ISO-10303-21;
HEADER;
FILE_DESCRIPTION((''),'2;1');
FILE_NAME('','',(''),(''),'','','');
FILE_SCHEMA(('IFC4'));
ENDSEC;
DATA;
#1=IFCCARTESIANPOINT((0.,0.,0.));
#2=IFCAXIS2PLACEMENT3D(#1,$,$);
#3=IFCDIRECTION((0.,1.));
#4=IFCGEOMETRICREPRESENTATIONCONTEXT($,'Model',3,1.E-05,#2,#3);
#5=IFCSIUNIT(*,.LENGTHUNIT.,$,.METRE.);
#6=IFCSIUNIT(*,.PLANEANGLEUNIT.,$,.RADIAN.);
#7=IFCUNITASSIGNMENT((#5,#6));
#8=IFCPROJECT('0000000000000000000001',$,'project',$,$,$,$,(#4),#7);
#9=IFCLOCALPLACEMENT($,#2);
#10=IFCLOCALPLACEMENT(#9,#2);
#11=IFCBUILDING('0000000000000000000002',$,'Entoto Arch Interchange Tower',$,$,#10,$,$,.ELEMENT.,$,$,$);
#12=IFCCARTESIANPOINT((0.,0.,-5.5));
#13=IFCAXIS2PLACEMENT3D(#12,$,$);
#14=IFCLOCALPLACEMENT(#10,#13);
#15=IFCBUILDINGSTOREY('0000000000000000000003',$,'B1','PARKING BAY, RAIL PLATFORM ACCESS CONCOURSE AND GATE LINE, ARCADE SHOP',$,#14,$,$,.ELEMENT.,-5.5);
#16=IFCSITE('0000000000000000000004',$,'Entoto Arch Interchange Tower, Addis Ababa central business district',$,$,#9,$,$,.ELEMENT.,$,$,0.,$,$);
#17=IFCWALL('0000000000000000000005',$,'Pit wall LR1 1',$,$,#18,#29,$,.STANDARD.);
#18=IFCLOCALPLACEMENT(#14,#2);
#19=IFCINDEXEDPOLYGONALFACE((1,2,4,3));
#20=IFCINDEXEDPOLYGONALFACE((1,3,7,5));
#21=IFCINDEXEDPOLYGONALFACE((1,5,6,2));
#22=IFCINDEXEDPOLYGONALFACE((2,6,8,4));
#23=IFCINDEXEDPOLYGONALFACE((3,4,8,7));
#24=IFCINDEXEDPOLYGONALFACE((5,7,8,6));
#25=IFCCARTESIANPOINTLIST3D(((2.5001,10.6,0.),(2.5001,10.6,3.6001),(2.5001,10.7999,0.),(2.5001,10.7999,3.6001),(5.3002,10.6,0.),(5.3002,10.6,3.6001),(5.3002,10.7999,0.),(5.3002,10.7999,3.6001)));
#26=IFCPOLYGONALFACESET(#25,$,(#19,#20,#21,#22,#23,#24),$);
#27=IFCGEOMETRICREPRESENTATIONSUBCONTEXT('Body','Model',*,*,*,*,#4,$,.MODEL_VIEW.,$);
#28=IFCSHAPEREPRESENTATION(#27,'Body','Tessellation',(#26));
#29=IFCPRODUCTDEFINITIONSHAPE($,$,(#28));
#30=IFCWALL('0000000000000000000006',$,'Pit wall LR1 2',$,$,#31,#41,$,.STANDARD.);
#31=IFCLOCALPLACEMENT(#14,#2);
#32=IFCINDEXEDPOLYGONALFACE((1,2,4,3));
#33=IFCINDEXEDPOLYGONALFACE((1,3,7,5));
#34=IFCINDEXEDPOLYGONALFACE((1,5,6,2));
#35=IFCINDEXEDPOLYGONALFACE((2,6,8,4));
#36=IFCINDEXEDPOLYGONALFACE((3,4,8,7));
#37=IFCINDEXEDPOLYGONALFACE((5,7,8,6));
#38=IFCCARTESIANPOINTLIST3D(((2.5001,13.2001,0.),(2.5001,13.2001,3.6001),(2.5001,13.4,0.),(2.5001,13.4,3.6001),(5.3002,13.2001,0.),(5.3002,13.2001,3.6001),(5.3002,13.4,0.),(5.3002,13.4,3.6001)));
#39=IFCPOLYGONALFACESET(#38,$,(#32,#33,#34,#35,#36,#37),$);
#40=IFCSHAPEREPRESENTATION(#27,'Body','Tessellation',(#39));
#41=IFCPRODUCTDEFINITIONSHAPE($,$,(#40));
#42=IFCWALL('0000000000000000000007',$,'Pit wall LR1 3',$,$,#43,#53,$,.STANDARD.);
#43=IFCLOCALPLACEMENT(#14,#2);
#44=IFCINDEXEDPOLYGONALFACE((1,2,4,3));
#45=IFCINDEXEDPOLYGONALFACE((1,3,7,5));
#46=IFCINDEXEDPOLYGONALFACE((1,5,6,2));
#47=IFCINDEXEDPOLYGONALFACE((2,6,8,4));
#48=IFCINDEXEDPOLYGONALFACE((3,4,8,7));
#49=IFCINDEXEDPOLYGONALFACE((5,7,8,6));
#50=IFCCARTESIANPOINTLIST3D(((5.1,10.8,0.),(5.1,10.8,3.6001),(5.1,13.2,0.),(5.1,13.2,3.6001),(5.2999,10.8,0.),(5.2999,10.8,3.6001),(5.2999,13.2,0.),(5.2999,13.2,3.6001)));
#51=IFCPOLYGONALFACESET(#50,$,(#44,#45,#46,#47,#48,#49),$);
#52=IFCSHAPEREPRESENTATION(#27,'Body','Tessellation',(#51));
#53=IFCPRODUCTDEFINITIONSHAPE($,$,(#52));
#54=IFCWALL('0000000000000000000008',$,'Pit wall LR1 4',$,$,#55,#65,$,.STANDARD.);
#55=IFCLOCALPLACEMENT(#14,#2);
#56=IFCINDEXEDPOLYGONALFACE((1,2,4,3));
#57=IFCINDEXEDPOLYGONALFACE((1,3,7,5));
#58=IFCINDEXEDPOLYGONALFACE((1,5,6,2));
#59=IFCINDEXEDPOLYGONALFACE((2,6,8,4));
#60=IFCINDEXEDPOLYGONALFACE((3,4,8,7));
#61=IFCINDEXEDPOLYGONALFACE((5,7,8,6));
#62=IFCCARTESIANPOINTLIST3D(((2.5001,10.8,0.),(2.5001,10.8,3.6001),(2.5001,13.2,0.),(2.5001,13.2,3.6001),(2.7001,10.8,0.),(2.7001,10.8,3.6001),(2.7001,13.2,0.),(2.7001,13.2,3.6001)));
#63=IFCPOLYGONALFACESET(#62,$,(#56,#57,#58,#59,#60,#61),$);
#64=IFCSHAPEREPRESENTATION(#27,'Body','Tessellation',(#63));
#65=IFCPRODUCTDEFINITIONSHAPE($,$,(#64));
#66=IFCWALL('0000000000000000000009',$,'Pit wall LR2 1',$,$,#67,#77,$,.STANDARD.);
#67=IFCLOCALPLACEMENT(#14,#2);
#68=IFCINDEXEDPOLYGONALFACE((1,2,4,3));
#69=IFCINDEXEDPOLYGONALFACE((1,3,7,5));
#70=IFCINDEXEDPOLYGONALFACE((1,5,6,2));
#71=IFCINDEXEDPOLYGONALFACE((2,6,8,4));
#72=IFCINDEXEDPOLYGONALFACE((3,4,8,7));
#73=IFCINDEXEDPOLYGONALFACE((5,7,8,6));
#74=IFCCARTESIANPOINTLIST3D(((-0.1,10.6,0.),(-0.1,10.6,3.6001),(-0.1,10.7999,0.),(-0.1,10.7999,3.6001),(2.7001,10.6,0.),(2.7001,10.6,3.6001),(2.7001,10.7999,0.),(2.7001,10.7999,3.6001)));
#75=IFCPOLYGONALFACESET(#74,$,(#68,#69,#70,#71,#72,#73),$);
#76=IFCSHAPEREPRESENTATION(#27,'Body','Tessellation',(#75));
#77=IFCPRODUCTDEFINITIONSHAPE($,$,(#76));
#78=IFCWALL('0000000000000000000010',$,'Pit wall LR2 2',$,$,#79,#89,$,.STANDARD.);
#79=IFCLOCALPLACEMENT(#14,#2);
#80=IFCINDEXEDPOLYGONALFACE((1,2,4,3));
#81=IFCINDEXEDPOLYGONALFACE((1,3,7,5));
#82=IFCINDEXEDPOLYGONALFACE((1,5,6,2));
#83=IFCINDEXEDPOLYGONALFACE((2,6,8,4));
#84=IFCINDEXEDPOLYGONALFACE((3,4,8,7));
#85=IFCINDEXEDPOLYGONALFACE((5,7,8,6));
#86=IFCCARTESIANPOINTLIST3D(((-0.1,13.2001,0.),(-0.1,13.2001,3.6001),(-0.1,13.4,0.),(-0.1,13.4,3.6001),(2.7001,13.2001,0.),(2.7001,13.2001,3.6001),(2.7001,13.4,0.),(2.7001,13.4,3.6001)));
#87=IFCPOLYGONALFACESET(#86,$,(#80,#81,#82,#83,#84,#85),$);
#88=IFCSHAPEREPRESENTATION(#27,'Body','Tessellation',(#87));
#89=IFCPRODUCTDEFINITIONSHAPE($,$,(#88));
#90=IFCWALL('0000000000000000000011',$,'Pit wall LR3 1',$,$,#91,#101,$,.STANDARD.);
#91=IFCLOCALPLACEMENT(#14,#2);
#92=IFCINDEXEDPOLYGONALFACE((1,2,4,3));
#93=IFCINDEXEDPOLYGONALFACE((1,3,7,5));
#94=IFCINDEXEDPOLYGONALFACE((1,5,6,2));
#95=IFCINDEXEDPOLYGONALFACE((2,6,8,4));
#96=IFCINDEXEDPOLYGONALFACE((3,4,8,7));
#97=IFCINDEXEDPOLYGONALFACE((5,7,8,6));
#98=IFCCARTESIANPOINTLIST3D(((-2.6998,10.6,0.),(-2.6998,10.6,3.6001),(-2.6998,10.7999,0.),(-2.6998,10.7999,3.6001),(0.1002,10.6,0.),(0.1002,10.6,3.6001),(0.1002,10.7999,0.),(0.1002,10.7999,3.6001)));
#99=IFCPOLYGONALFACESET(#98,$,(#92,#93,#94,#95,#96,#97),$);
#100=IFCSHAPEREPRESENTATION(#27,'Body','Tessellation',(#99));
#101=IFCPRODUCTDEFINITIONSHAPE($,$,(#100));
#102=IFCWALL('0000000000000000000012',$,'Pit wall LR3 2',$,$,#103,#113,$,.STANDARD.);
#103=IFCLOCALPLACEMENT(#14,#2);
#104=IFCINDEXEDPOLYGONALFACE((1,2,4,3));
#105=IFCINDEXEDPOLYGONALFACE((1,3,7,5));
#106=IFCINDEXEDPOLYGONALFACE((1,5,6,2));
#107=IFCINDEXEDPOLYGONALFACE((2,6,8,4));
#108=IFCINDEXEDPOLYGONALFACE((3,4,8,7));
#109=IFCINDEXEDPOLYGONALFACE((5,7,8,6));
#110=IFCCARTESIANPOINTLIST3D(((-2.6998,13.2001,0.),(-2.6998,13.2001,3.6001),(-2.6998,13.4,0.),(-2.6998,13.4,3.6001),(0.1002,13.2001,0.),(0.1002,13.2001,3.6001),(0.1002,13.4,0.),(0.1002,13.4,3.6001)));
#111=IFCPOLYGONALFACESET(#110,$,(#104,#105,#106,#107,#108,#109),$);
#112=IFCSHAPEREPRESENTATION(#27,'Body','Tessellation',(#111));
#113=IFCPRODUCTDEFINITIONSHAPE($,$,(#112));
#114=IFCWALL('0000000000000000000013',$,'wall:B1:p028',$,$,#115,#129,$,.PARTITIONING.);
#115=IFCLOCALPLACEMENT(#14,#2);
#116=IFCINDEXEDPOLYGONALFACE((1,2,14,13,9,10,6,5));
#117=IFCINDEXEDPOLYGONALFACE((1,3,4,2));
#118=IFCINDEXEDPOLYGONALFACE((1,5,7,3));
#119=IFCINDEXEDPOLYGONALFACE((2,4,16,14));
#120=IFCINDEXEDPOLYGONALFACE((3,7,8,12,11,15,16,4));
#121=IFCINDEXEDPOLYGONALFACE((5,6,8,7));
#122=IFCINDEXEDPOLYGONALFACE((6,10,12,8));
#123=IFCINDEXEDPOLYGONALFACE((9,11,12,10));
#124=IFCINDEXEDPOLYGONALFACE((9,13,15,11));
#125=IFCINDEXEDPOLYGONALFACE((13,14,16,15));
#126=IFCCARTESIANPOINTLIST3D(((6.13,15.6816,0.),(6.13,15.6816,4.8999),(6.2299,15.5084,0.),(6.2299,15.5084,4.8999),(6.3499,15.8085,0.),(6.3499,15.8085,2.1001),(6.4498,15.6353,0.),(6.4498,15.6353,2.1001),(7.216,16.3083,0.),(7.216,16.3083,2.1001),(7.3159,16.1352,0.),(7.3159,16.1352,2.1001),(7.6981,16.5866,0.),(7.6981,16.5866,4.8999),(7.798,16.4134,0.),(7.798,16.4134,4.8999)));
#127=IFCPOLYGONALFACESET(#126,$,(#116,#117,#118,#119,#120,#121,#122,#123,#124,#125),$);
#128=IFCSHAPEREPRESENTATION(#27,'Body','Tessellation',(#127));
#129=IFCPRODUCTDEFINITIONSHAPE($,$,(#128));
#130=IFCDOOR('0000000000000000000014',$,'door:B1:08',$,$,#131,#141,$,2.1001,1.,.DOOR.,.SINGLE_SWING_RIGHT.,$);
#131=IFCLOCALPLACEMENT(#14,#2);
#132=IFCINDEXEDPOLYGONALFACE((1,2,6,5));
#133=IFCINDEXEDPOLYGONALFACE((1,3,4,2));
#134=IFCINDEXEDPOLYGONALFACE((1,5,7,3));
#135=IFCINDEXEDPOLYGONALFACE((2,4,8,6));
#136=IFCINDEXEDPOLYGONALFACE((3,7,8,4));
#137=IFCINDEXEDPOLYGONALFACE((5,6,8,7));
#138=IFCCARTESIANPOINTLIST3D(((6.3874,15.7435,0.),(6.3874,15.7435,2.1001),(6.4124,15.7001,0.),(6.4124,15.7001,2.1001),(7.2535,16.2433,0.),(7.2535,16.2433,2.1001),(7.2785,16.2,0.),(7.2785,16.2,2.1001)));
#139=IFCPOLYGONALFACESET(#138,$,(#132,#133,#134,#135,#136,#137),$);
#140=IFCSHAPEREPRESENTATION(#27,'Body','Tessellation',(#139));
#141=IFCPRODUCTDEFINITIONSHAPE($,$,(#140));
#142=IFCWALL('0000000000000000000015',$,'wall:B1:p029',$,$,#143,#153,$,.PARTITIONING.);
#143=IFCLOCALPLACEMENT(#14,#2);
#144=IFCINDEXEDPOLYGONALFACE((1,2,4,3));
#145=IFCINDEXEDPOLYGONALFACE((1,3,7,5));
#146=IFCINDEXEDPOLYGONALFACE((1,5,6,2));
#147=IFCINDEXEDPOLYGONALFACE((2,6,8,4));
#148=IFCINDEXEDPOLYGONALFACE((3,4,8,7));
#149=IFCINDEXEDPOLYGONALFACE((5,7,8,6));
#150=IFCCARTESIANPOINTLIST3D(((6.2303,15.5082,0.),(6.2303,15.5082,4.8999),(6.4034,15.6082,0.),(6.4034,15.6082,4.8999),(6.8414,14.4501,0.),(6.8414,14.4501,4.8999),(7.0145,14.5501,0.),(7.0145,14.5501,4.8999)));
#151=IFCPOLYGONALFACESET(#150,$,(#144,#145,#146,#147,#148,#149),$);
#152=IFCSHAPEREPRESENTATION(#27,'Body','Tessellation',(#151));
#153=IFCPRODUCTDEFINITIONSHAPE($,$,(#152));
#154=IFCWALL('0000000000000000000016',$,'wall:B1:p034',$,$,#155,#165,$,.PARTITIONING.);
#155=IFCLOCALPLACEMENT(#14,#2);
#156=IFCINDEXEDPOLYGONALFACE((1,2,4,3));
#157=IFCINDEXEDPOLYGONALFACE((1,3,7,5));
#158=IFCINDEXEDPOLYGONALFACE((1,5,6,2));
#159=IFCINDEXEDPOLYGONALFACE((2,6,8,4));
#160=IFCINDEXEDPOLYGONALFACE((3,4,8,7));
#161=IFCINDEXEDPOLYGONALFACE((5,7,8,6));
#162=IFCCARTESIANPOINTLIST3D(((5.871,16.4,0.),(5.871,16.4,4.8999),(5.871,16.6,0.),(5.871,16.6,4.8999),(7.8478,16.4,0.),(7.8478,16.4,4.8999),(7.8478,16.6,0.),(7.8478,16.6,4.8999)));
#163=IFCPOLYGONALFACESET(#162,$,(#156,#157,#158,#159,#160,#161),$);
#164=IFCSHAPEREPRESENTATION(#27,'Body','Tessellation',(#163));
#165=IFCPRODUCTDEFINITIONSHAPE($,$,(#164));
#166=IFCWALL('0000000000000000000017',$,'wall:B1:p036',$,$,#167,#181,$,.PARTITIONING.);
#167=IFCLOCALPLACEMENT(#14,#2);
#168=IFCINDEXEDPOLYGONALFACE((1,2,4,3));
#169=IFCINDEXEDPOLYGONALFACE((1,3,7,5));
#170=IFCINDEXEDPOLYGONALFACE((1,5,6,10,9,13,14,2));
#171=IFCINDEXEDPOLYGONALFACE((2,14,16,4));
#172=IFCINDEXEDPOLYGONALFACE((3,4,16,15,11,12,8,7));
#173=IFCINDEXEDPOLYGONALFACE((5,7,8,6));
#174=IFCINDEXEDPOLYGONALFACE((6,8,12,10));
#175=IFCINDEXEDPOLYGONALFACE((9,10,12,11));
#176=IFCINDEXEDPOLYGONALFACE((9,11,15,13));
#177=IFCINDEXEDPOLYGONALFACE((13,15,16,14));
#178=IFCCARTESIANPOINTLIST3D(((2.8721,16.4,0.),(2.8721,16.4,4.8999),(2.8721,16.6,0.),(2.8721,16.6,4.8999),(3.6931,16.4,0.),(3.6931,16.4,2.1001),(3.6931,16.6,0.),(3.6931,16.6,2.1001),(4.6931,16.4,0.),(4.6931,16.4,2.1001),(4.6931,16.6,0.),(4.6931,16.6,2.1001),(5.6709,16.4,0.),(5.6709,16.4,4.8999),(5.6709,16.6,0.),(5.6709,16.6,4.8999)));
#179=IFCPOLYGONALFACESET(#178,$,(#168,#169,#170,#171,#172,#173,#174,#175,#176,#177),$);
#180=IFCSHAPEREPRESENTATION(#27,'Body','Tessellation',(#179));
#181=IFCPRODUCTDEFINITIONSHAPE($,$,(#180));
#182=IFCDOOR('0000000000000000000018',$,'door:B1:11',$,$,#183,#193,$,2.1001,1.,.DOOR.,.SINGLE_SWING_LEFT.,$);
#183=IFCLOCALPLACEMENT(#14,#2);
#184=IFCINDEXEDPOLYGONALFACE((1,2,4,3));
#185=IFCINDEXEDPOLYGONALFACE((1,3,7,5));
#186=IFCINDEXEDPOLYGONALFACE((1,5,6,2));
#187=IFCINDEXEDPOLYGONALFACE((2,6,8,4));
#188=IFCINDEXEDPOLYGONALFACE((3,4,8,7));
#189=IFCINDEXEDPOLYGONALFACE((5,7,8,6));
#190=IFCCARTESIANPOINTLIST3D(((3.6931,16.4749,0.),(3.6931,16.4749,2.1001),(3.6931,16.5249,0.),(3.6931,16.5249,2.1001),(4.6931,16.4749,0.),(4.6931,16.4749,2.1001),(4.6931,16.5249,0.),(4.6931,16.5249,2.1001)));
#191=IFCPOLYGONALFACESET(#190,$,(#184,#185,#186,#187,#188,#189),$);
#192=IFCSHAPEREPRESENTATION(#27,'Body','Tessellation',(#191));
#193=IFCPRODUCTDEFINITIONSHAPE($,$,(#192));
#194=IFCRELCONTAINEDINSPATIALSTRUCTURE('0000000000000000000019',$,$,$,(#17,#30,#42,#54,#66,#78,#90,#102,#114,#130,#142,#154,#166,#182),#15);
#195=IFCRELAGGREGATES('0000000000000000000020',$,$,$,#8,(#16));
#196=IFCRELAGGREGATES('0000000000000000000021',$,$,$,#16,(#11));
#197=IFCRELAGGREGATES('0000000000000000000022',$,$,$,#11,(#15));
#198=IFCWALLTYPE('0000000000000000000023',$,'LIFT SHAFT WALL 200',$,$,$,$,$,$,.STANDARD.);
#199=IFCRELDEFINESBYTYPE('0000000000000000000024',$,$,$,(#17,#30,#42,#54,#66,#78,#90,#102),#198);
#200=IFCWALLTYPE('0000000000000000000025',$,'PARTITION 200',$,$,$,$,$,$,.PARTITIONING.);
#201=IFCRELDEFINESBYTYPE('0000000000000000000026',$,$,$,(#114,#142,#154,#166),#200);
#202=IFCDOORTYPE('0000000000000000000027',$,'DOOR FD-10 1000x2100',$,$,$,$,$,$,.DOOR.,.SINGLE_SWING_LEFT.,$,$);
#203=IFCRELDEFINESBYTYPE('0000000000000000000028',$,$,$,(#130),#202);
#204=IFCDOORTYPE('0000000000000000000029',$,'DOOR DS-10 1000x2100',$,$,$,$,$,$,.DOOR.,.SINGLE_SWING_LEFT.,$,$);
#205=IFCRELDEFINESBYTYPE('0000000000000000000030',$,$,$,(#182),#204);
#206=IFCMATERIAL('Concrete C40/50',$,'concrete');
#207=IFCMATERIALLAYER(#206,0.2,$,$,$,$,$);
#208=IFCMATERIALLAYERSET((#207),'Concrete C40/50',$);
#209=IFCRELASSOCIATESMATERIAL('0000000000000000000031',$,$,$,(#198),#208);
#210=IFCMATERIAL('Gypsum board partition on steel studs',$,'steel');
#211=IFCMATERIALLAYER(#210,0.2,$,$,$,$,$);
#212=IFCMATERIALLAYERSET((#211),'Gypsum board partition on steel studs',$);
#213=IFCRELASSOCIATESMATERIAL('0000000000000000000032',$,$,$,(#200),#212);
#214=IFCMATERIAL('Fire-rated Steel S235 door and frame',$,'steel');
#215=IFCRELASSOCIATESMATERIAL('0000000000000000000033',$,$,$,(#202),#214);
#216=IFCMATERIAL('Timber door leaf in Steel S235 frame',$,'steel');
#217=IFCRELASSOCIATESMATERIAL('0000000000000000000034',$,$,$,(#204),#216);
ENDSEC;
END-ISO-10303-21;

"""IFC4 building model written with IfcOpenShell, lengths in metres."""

from ifc_helpers import new_model, si_unit, direction, frame, frame_2d, origin, place, context, subcontext, project, spatial, rectangle, extrude, material, layer, layer_set, type_object, element, fill, save


model = new_model("IFC4")

# Units and contexts
model_context = context("Model", 3, precision=1e-05, world=origin(), true_north=direction((0.0, 1.0)))
body_context = subcontext(model_context, "Body", "Model", "MODEL_VIEW")
ifc_project = project(units=[si_unit("LENGTHUNIT", "METRE"), si_unit("PLANEANGLEUNIT", "RADIAN")], contexts=[model_context])

# Site, building, storey
site_placement = place(None, origin())
site = spatial("IfcSite", under=ifc_project, at=site_placement, Name="Entoto Arch Interchange Tower, Addis Ababa central business district", CompositionType="ELEMENT", RefElevation=0.0)
building_placement = place(site_placement, origin())
building = spatial("IfcBuilding", under=site, at=building_placement, Name="Entoto Arch Interchange Tower", CompositionType="ELEMENT")
storey_placement = place(building_placement, frame((0.0, 0.0, -5.5)))
storey = spatial("IfcBuildingStorey", under=building, at=storey_placement, Name="B1", Description="PARKING BAY, RAIL PLATFORM ACCESS CONCOURSE AND GATE LINE, ARCADE SHOP", CompositionType="ELEMENT", Elevation=-5.5)

# Walls
ifc_material_1 = material(Name="Concrete C40/50", Category="concrete")
ifc_layer_1 = layer(ifc_material_1, 0.2)
ifc_layer_set_1 = layer_set([ifc_layer_1], Name="Concrete C40/50")
wall_type_1 = type_object("IfcWallType", Name="LIFT SHAFT WALL 200", PredefinedType="STANDARD", material=ifc_layer_set_1)
for number, where, z_axis, x_axis, name in (
    (1, (5.3, 10.7, 0.0), (0.0, 0.0, 1.0), (-1.0, 0.0, 0.0), "Pit wall LR1 1"),
    (2, (5.3, 13.3, 0.0), (0.0, 0.0, 1.0), (-1.0, 0.0, 0.0), "Pit wall LR1 2"),
):
    element("IfcWall", number, at=place(storey_placement, frame(where, z_axis=z_axis, x_axis=x_axis)), inside=storey, type_object=wall_type_1, Name=name, PredefinedType="STANDARD", context=body_context, shape_type="SweptSolid", body=[
        extrude(rectangle(XDim=2.8, YDim=0.2, at=frame_2d((1.3999, 0.0))), origin(), (0.0, 0.0, 1.0), 3.6001),
    ])
for number, where, z_axis, x_axis, name in (
    (3, (5.2, 10.8, 0.0), (0.0, 0.0, 1.0), (0.0, 1.0, 0.0), "Pit wall LR1 3"),
    (4, (2.6001, 10.8, 0.0), (0.0, 0.0, 1.0), (0.0, 1.0, 0.0), "Pit wall LR1 4"),
):
    element("IfcWall", number, at=place(storey_placement, frame(where, z_axis=z_axis, x_axis=x_axis)), inside=storey, type_object=wall_type_1, Name=name, PredefinedType="STANDARD", context=body_context, shape_type="SweptSolid", body=[
        extrude(rectangle(XDim=2.3999, YDim=0.2, at=frame_2d((1.2, 0.0))), origin(), (0.0, 0.0, 1.0), 3.6001),
    ])
for number, where, z_axis, x_axis, name in (
    (5, (2.7, 10.7, 0.0), (0.0, 0.0, 1.0), (-1.0, 0.0, 0.0), "Pit wall LR2 1"),
    (6, (2.7, 13.3, 0.0), (0.0, 0.0, 1.0), (-1.0, 0.0, 0.0), "Pit wall LR2 2"),
    (7, (0.1001, 10.7, 0.0), (0.0, 0.0, 1.0), (-1.0, 0.0, 0.0), "Pit wall LR3 1"),
    (8, (0.1001, 13.3, 0.0), (0.0, 0.0, 1.0), (-1.0, 0.0, 0.0), "Pit wall LR3 2"),
):
    element("IfcWall", number, at=place(storey_placement, frame(where, z_axis=z_axis, x_axis=x_axis)), inside=storey, type_object=wall_type_1, Name=name, PredefinedType="STANDARD", context=body_context, shape_type="SweptSolid", body=[
        extrude(rectangle(XDim=2.8, YDim=0.2, at=frame_2d((1.3999, 0.0))), origin(), (0.0, 0.0, 1.0), 3.6001),
    ])

# Wall, opening, door
ifc_material_2 = material(Name="Gypsum board partition on steel studs", Category="steel")
ifc_layer_2 = layer(ifc_material_2, 0.2)
ifc_layer_set_2 = layer_set([ifc_layer_2], Name="Gypsum board partition on steel studs")
wall_type_2 = type_object("IfcWallType", Name="PARTITION 200", PredefinedType="PARTITIONING", material=ifc_layer_set_2)
wall_1_placement = place(storey_placement, frame((6.1799, 15.595, 0.0), z_axis=(0.0, 0.0, 1.0), x_axis=(0.866103, 0.499866, 0.0)))
wall_1 = element("IfcWall", 9, at=wall_1_placement, inside=storey, type_object=wall_type_2, Name="wall:B1:p028", PredefinedType="PARTITIONING", context=body_context, shape_type="SweptSolid", body=[
    extrude(rectangle(XDim=1.8105, YDim=0.2, at=frame_2d((0.9053, 0.0))), origin(), (0.0, 0.0, 1.0), 4.8999),
])
opening_1_placement = place(wall_1_placement, frame((0.2539, 0.0, 0.0)))
opening_1 = element("IfcOpeningElement", 10, at=opening_1_placement, cuts=wall_1, PredefinedType="OPENING", context=body_context, shape_type="SweptSolid", body=[
    extrude(rectangle(XDim=1.0, YDim=2.1001, at=frame_2d((0.5, 1.05))), frame((0.0, 0.1099, 0.0), z_axis=(0.0, -1.0, 0.0), x_axis=(1.0, 0.0, 0.0)), (0.0, 0.0, 1.0), 0.22),
])
ifc_material_3 = material(Name="Fire-rated Steel S235 door and frame", Category="steel")
door_type_1 = type_object("IfcDoorType", Name="DOOR FD-10 1000x2100", OperationType="SINGLE_SWING_LEFT", PredefinedType="DOOR", material=ifc_material_3)
door_1_placement = place(opening_1_placement, origin())
door_1 = element("IfcDoor", 11, at=door_1_placement, inside=storey, type_object=door_type_1, Name="door:B1:08", OperationType="SINGLE_SWING_RIGHT", OverallHeight=2.1001, OverallWidth=1.0, PredefinedType="DOOR", context=body_context, shape_type="SweptSolid", body=[
    extrude(rectangle(XDim=1.0, YDim=2.1001, at=frame_2d((0.5, 1.05))), frame((0.0, 0.0249, 0.0), z_axis=(0.0, -1.0, 0.0), x_axis=(1.0, 0.0, 0.0)), (0.0, 0.0, 1.0), 0.05),
])
fill(opening_1, door_1)

# Walls
wall_2_placement = place(storey_placement, frame((6.3169, 15.5581, 0.0), z_axis=(0.0, 0.0, 1.0), x_axis=(0.500114, -0.865959, 0.0)))
element("IfcWall", 12, at=wall_2_placement, inside=storey, type_object=wall_type_2, Name="wall:B1:p029", PredefinedType="PARTITIONING", context=body_context, shape_type="SweptSolid", body=[
    extrude(rectangle(XDim=1.2219, YDim=0.2, at=frame_2d((0.6108, 0.0))), origin(), (0.0, 0.0, 1.0), 4.8999),
])
wall_3_placement = place(storey_placement, frame((5.8711, 16.5, 0.0), z_axis=(0.0, 0.0, 1.0), x_axis=(1.0, 0.0, 0.0)))
element("IfcWall", 13, at=wall_3_placement, inside=storey, type_object=wall_type_2, Name="wall:B1:p034", PredefinedType="PARTITIONING", context=body_context, shape_type="SweptSolid", body=[
    extrude(rectangle(XDim=1.9768, YDim=0.2, at=frame_2d((0.9883, 0.0))), origin(), (0.0, 0.0, 1.0), 4.8999),
])

# Wall, opening, door
wall_4_placement = place(storey_placement, frame((2.8721, 16.5, 0.0), z_axis=(0.0, 0.0, 1.0), x_axis=(1.0, 0.0, 0.0)))
wall_4 = element("IfcWall", 14, at=wall_4_placement, inside=storey, type_object=wall_type_2, Name="wall:B1:p036", PredefinedType="PARTITIONING", context=body_context, shape_type="SweptSolid", body=[
    extrude(rectangle(XDim=2.7988, YDim=0.2, at=frame_2d((1.3994, 0.0))), origin(), (0.0, 0.0, 1.0), 4.8999),
])
opening_2_placement = place(wall_4_placement, frame((0.821, 0.0, 0.0)))
opening_2 = element("IfcOpeningElement", 15, at=opening_2_placement, cuts=wall_4, PredefinedType="OPENING", context=body_context, shape_type="SweptSolid", body=[
    extrude(rectangle(XDim=1.0, YDim=2.1001, at=frame_2d((0.5, 1.05))), frame((0.0, 0.1099, 0.0), z_axis=(0.0, -1.0, 0.0), x_axis=(1.0, 0.0, 0.0)), (0.0, 0.0, 1.0), 0.22),
])
ifc_material_4 = material(Name="Timber door leaf in Steel S235 frame", Category="steel")
door_type_2 = type_object("IfcDoorType", Name="DOOR DS-10 1000x2100", OperationType="SINGLE_SWING_LEFT", PredefinedType="DOOR", material=ifc_material_4)
door_2_placement = place(opening_2_placement, origin())
door_2 = element("IfcDoor", 16, at=door_2_placement, inside=storey, type_object=door_type_2, Name="door:B1:11", OperationType="SINGLE_SWING_LEFT", OverallHeight=2.1001, OverallWidth=1.0, PredefinedType="DOOR", context=body_context, shape_type="SweptSolid", body=[
    extrude(rectangle(XDim=1.0, YDim=2.1001, at=frame_2d((0.5, 1.05))), frame((0.0, 0.0249, 0.0), z_axis=(0.0, -1.0, 0.0), x_axis=(1.0, 0.0, 0.0)), (0.0, 0.0, 1.0), 0.05),
])
fill(opening_2, door_2)

save(model, "model.ifc")
